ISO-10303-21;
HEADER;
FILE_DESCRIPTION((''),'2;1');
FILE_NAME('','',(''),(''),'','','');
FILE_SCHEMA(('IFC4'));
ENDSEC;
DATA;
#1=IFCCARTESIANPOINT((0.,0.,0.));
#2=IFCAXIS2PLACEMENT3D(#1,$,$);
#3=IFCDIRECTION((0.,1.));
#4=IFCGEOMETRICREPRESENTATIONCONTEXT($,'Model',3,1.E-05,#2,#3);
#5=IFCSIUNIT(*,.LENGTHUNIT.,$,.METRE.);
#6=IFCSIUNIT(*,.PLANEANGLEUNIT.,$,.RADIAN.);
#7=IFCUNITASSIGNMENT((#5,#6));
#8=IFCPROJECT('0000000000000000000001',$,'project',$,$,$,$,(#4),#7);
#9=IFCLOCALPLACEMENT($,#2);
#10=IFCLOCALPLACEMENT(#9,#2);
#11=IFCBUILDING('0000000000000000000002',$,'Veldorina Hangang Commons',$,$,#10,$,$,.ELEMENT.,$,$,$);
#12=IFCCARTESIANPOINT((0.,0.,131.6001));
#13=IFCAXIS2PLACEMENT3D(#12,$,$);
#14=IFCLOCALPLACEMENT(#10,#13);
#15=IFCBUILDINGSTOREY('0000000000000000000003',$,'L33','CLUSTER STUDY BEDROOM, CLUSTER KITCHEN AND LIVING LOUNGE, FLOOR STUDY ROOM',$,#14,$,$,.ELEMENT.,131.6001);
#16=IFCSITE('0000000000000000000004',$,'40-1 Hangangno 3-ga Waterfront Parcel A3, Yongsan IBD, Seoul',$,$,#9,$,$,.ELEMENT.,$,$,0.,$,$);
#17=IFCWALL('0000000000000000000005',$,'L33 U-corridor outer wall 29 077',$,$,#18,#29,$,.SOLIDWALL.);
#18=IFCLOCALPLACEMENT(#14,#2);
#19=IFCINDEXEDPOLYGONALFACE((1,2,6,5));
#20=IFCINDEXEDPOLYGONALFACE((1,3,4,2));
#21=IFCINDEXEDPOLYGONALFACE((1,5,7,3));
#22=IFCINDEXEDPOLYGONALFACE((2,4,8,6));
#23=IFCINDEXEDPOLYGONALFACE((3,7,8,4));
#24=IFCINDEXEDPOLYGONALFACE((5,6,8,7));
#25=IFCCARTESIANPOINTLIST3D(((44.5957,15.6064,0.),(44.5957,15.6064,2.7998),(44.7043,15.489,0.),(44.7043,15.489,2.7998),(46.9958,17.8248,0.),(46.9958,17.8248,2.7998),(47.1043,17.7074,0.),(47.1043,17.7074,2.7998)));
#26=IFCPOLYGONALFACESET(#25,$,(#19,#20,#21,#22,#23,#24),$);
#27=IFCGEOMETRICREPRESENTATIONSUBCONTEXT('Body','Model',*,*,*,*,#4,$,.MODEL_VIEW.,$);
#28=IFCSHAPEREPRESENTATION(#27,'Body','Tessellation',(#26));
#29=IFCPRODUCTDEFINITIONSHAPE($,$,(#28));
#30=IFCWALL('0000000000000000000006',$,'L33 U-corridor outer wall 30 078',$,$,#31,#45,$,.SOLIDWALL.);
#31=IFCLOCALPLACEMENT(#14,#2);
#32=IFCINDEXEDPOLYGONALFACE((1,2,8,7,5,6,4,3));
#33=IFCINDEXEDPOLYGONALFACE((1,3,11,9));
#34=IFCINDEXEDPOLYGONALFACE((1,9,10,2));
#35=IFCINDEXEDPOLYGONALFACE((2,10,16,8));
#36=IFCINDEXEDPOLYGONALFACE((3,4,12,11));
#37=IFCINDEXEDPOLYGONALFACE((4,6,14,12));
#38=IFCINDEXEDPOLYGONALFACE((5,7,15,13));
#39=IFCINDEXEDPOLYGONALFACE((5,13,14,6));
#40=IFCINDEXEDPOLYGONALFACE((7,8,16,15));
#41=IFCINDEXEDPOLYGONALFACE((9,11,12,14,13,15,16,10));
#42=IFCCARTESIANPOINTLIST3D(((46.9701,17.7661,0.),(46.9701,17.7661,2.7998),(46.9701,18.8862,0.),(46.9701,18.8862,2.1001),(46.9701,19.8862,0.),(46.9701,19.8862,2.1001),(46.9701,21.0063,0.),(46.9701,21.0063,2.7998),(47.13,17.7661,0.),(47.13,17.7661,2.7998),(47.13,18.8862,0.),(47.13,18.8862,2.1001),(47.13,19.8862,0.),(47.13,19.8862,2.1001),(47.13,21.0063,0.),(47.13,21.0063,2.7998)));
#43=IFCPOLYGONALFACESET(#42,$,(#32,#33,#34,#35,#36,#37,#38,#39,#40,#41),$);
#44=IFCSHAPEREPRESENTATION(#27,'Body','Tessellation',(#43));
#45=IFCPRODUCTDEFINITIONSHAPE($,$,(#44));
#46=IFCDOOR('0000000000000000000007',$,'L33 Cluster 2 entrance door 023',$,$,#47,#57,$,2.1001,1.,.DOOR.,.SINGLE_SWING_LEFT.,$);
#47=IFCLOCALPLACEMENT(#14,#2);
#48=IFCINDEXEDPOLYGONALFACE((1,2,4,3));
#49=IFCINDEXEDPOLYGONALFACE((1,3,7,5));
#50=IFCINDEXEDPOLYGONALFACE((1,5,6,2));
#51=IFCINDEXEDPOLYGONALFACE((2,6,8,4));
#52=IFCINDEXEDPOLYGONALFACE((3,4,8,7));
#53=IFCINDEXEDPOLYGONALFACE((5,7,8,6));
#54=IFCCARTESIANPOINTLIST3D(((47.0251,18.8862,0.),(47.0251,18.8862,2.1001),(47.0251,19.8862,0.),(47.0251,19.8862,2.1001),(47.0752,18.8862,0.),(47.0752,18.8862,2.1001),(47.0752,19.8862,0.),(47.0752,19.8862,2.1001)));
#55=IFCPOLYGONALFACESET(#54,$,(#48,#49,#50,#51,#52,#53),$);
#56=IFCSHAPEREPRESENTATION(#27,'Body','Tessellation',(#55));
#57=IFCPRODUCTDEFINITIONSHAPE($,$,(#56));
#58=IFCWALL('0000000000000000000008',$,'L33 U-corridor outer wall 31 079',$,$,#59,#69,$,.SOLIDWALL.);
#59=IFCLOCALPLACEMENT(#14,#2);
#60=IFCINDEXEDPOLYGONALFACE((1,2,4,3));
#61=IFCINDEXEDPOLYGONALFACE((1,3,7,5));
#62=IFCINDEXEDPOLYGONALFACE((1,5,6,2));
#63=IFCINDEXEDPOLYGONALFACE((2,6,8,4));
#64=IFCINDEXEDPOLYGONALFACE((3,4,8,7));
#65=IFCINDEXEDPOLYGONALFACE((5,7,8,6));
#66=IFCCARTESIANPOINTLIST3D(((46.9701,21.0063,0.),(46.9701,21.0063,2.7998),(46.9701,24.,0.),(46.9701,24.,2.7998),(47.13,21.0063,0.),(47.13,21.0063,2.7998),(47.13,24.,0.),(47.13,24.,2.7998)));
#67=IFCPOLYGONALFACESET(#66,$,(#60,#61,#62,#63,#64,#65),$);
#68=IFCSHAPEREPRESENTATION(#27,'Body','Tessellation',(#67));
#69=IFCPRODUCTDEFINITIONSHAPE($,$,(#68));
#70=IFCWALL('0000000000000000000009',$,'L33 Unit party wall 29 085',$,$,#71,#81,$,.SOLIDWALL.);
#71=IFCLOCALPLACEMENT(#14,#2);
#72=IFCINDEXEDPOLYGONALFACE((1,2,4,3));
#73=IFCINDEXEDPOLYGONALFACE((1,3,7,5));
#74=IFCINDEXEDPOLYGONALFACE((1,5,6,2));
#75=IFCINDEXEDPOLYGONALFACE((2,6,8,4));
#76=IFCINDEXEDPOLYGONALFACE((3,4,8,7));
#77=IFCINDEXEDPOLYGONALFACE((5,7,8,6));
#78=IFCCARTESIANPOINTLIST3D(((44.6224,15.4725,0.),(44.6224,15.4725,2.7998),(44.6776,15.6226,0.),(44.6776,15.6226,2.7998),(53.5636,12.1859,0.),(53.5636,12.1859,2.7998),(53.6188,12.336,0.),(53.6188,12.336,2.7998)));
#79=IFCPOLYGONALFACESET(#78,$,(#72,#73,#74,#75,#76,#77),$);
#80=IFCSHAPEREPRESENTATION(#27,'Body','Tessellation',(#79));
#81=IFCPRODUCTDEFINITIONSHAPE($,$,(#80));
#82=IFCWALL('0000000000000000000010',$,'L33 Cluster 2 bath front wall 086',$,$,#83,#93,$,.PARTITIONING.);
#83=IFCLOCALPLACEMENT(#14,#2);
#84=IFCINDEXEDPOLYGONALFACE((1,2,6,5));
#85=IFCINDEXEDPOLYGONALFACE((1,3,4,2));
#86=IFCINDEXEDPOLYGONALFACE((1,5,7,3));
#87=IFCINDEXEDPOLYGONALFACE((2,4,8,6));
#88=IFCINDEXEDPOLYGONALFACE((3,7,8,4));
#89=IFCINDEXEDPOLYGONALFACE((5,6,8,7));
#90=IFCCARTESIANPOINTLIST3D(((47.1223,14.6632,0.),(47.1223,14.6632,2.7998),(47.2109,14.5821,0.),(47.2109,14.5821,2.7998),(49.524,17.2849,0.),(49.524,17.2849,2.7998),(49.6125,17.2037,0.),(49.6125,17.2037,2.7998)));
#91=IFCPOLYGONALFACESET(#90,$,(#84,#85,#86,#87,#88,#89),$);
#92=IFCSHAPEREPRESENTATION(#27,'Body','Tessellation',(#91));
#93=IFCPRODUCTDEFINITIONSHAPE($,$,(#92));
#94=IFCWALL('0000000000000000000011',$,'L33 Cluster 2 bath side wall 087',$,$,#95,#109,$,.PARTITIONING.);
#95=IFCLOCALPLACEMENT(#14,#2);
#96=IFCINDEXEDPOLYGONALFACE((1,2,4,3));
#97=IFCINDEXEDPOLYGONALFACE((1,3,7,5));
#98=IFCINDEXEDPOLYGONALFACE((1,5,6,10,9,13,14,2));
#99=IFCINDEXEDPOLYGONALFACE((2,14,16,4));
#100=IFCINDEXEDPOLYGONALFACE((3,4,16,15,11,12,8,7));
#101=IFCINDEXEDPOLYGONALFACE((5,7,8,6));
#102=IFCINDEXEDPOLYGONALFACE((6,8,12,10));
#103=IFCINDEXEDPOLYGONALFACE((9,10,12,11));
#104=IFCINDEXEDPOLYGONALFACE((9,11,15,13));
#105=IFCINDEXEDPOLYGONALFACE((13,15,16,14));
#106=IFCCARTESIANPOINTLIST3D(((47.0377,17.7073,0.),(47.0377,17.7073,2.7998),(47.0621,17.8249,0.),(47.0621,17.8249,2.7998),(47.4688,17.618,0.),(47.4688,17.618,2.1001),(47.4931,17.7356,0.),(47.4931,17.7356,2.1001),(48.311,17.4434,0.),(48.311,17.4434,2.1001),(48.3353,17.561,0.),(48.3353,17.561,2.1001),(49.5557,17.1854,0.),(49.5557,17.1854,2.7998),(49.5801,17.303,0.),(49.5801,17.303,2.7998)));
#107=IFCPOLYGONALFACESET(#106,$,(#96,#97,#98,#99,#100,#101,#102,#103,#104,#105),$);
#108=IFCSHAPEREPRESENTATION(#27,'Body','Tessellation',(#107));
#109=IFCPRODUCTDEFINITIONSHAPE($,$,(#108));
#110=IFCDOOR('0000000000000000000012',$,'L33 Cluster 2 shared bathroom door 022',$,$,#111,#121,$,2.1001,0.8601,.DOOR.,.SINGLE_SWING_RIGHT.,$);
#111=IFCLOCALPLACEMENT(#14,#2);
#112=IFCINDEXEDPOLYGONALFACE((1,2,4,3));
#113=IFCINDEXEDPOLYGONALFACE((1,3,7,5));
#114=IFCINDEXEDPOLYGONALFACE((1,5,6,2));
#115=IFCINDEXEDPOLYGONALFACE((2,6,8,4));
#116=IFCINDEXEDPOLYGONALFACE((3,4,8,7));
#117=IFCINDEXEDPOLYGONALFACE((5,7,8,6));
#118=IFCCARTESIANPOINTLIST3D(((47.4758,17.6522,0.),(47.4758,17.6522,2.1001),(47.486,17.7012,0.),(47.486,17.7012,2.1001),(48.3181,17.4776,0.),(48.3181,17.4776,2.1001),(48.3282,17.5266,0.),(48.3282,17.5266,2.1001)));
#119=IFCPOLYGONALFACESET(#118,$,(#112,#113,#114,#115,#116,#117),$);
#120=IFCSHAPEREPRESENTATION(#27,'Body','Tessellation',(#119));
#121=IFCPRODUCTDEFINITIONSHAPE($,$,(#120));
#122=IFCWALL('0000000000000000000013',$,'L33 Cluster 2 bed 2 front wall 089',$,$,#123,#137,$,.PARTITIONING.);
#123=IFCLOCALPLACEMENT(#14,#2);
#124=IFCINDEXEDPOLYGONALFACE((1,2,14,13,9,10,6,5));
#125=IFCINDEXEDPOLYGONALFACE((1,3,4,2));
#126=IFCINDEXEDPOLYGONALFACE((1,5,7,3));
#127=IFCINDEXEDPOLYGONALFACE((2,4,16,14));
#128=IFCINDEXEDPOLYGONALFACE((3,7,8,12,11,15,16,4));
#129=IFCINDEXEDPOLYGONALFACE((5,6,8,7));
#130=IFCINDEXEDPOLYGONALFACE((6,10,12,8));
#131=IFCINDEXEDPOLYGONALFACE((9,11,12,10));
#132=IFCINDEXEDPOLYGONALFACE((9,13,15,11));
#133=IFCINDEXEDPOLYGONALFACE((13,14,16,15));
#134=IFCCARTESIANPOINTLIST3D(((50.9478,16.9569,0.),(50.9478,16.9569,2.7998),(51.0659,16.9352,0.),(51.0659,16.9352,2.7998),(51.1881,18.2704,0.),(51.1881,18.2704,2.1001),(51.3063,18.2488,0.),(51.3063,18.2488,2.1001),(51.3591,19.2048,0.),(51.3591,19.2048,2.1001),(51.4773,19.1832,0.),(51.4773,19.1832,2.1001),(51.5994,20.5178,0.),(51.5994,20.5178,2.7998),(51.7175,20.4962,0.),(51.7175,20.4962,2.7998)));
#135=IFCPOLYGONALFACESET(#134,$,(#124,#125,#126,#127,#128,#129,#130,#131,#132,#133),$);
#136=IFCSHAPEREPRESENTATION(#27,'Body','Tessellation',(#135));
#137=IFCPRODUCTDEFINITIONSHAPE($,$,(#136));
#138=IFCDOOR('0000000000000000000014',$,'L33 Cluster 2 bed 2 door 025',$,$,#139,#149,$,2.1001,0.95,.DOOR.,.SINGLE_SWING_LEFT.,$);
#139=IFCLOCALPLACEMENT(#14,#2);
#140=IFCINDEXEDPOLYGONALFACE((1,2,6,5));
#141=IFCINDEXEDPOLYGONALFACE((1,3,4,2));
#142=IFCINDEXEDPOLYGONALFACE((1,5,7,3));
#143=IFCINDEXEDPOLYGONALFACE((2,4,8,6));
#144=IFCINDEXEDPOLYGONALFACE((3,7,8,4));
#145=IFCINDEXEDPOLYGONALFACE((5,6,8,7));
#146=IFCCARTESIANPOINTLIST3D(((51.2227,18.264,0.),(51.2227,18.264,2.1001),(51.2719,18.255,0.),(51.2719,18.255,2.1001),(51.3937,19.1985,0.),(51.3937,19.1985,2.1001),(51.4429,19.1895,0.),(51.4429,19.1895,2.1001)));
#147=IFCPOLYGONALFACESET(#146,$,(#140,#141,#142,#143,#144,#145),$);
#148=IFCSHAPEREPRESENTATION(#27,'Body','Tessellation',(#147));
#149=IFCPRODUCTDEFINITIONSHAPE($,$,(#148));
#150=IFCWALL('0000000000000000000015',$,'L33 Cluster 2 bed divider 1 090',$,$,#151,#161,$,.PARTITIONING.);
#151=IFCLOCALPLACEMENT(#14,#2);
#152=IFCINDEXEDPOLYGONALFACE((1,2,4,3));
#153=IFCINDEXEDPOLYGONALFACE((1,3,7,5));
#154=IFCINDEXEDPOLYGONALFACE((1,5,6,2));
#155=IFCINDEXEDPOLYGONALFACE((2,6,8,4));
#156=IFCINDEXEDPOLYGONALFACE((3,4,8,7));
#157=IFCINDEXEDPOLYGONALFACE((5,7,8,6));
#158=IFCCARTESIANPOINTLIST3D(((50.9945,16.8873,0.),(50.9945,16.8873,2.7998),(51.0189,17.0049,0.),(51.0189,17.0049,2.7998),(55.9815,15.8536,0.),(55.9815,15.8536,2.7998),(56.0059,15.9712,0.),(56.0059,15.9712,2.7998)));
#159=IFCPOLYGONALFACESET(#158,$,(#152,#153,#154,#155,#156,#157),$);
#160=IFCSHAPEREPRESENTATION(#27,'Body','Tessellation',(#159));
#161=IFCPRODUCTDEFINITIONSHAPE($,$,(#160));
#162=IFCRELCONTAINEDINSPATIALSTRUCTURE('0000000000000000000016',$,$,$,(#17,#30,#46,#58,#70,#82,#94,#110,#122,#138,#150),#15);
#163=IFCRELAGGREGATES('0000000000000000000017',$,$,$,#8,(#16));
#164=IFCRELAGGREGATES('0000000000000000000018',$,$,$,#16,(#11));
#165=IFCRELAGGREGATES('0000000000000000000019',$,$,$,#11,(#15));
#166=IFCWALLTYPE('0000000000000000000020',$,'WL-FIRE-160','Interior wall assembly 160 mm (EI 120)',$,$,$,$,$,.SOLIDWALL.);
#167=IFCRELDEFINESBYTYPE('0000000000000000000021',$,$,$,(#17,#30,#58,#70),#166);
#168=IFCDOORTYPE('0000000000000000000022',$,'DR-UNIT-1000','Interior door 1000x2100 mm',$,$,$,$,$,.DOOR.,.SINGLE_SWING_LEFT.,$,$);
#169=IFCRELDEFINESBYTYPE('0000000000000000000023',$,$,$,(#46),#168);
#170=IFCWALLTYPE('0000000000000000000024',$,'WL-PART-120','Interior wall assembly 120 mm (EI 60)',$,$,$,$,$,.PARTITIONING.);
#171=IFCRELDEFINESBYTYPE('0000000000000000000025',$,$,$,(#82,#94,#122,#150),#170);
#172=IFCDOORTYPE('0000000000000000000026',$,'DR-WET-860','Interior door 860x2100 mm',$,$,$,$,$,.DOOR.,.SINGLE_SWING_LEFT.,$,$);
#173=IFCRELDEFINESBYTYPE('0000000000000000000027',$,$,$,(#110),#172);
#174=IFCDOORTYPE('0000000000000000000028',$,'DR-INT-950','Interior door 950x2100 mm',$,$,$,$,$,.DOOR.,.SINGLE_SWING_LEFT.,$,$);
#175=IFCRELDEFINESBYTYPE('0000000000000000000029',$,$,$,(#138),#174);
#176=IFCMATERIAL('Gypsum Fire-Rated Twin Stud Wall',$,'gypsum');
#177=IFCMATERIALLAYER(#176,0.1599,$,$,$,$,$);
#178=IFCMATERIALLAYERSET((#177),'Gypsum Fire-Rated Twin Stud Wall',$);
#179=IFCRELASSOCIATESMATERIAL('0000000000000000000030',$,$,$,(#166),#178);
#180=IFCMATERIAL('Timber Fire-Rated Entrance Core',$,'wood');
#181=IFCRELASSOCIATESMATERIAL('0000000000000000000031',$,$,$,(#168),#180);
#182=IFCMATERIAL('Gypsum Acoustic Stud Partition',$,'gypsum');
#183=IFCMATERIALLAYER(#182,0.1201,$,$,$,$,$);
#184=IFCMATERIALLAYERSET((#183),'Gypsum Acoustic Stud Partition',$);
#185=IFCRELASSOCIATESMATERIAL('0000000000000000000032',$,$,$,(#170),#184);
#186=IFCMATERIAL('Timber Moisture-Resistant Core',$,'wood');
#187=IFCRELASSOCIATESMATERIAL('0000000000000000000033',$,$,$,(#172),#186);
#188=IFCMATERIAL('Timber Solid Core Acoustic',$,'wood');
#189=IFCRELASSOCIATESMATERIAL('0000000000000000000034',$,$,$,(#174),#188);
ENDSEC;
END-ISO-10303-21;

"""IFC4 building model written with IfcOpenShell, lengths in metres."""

from ifc_helpers import new_model, si_unit, direction, frame, frame_2d, origin, place, context, subcontext, project, spatial, rectangle, extrude, material, layer, layer_set, type_object, element, fill, save


model = new_model("IFC4")

# Units and contexts
model_context = context("Model", 3, precision=1e-05, world=origin(), true_north=direction((0.0, 1.0)))
body_context = subcontext(model_context, "Body", "Model", "MODEL_VIEW")
ifc_project = project(units=[si_unit("LENGTHUNIT", "METRE"), si_unit("PLANEANGLEUNIT", "RADIAN")], contexts=[model_context])

# Site, building, storey
site_placement = place(None, origin())
site = spatial("IfcSite", under=ifc_project, at=site_placement, Name="40-1 Hangangno 3-ga Waterfront Parcel A3, Yongsan IBD, Seoul", CompositionType="ELEMENT", RefElevation=0.0)
building_placement = place(site_placement, origin())
building = spatial("IfcBuilding", under=site, at=building_placement, Name="Veldorina Hangang Commons", CompositionType="ELEMENT")
storey_placement = place(building_placement, frame((0.0, 0.0, 131.6001)))
storey = spatial("IfcBuildingStorey", under=building, at=storey_placement, Name="L33", Description="CLUSTER STUDY BEDROOM, CLUSTER KITCHEN AND LIVING LOUNGE, FLOOR STUDY ROOM", CompositionType="ELEMENT", Elevation=131.6001)

# Wall
ifc_material_1 = material(Name="Gypsum Fire-Rated Twin Stud Wall", Category="gypsum")
ifc_layer_1 = layer(ifc_material_1, 0.1599)
ifc_layer_set_1 = layer_set([ifc_layer_1], Name="Gypsum Fire-Rated Twin Stud Wall")
wall_type_1 = type_object("IfcWallType", Name="WL-FIRE-160", Description="Interior wall assembly 160 mm (EI 120)", PredefinedType="SOLIDWALL", material=ifc_layer_set_1)
wall_1_placement = place(storey_placement, frame((44.6499, 15.5476, 0.0), z_axis=(0.0, 0.0, 1.0), x_axis=(0.734348, 0.678773, 0.0)))
element("IfcWall", 1, at=wall_1_placement, inside=storey, type_object=wall_type_1, Name="L33 U-corridor outer wall 29 077", PredefinedType="SOLIDWALL", context=body_context, shape_type="SweptSolid", body=[
    extrude(rectangle(XDim=3.2683, YDim=0.1599, at=frame_2d((1.6343, 0.0))), origin(), (0.0, 0.0, 1.0), 2.7998),
])

# Wall, opening, door
wall_2_placement = place(storey_placement, frame((47.05, 17.7661, 0.0), z_axis=(0.0, 0.0, 1.0), x_axis=(0.0, 1.0, 0.0)))
wall_2 = element("IfcWall", 2, at=wall_2_placement, inside=storey, type_object=wall_type_1, Name="L33 U-corridor outer wall 30 078", PredefinedType="SOLIDWALL", context=body_context, shape_type="SweptSolid", body=[
    extrude(rectangle(XDim=3.2402, YDim=0.1599, at=frame_2d((1.6201, 0.0))), origin(), (0.0, 0.0, 1.0), 2.7998),
])
opening_1_placement = place(wall_2_placement, frame((1.1201, 0.0, 0.0)))
opening_1 = element("IfcOpeningElement", 3, at=opening_1_placement, cuts=wall_2, PredefinedType="OPENING", context=body_context, shape_type="SweptSolid", body=[
    extrude(rectangle(XDim=1.0, YDim=2.1001, at=frame_2d((0.5, 1.05))), frame((0.0, 0.0898, 0.0), z_axis=(0.0, -1.0, 0.0), x_axis=(1.0, 0.0, 0.0)), (0.0, 0.0, 1.0), 0.1799),
])
ifc_material_2 = material(Name="Timber Fire-Rated Entrance Core", Category="wood")
door_type_1 = type_object("IfcDoorType", Name="DR-UNIT-1000", Description="Interior door 1000x2100 mm", OperationType="SINGLE_SWING_LEFT", PredefinedType="DOOR", material=ifc_material_2)
door_1_placement = place(opening_1_placement, origin())
door_1 = element("IfcDoor", 4, at=door_1_placement, inside=storey, type_object=door_type_1, Name="L33 Cluster 2 entrance door 023", OperationType="SINGLE_SWING_LEFT", OverallHeight=2.1001, OverallWidth=1.0, PredefinedType="DOOR", context=body_context, shape_type="SweptSolid", body=[
    extrude(rectangle(XDim=1.0, YDim=2.1001, at=frame_2d((0.5, 1.05))), frame((0.0, 0.0249, 0.0), z_axis=(0.0, -1.0, 0.0), x_axis=(1.0, 0.0, 0.0)), (0.0, 0.0, 1.0), 0.05),
])
fill(opening_1, door_1)

# Walls
wall_3_placement = place(storey_placement, frame((47.05, 21.0063, 0.0), z_axis=(0.0, 0.0, 1.0), x_axis=(0.0, 1.0, 0.0)))
element("IfcWall", 5, at=wall_3_placement, inside=storey, type_object=wall_type_1, Name="L33 U-corridor outer wall 31 079", PredefinedType="SOLIDWALL", context=body_context, shape_type="SweptSolid", body=[
    extrude(rectangle(XDim=2.9937, YDim=0.1599, at=frame_2d((1.4968, 0.0))), origin(), (0.0, 0.0, 1.0), 2.7998),
])
wall_4_placement = place(storey_placement, frame((44.6499, 15.5476, 0.0), z_axis=(0.0, 0.0, 1.0), x_axis=(0.938598, -0.345013, 0.0)))
element("IfcWall", 6, at=wall_4_placement, inside=storey, type_object=wall_type_1, Name="L33 Unit party wall 29 085", PredefinedType="SOLIDWALL", context=body_context, shape_type="SweptSolid", body=[
    extrude(rectangle(XDim=9.5261, YDim=0.1599, at=frame_2d((4.7632, 0.0))), origin(), (0.0, 0.0, 1.0), 2.7998),
])
ifc_material_3 = material(Name="Gypsum Acoustic Stud Partition", Category="gypsum")
ifc_layer_2 = layer(ifc_material_3, 0.1201)
ifc_layer_set_2 = layer_set([ifc_layer_2], Name="Gypsum Acoustic Stud Partition")
wall_type_2 = type_object("IfcWallType", Name="WL-PART-120", Description="Interior wall assembly 120 mm (EI 60)", PredefinedType="PARTITIONING", material=ifc_layer_set_2)
wall_5_placement = place(storey_placement, frame((47.1665, 14.6226, 0.0), z_axis=(0.0, 0.0, 1.0), x_axis=(0.675494, 0.737365, 0.0)))
element("IfcWall", 7, at=wall_5_placement, inside=storey, type_object=wall_type_2, Name="L33 Cluster 2 bath front wall 086", PredefinedType="PARTITIONING", context=body_context, shape_type="SweptSolid", body=[
    extrude(rectangle(XDim=3.5554, YDim=0.1201, at=frame_2d((1.7778, 0.0))), origin(), (0.0, 0.0, 1.0), 2.7998),
])

# Walls, openings, doors
wall_6_placement = place(storey_placement, frame((47.05, 17.7661, 0.0), z_axis=(0.0, 0.0, 1.0), x_axis=(0.979184, -0.202976, 0.0)))
wall_6 = element("IfcWall", 8, at=wall_6_placement, inside=storey, type_object=wall_type_2, Name="L33 Cluster 2 bath side wall 087", PredefinedType="PARTITIONING", context=body_context, shape_type="SweptSolid", body=[
    extrude(rectangle(XDim=2.5715, YDim=0.1201, at=frame_2d((1.2856, 0.0))), origin(), (0.0, 0.0, 1.0), 2.7998),
])
opening_2_placement = place(wall_6_placement, frame((0.4399, 0.0, 0.0)))
opening_2 = element("IfcOpeningElement", 9, at=opening_2_placement, cuts=wall_6, PredefinedType="OPENING", context=body_context, shape_type="SweptSolid", body=[
    extrude(rectangle(XDim=0.8601, YDim=2.1001, at=frame_2d((0.4302, 1.05))), frame((0.0, 0.0701, 0.0), z_axis=(0.0, -1.0, 0.0), x_axis=(1.0, 0.0, 0.0)), (0.0, 0.0, 1.0), 0.1401),
])
ifc_material_4 = material(Name="Timber Moisture-Resistant Core", Category="wood")
door_type_2 = type_object("IfcDoorType", Name="DR-WET-860", Description="Interior door 860x2100 mm", OperationType="SINGLE_SWING_LEFT", PredefinedType="DOOR", material=ifc_material_4)
door_2_placement = place(opening_2_placement, origin())
door_2 = element("IfcDoor", 10, at=door_2_placement, inside=storey, type_object=door_type_2, Name="L33 Cluster 2 shared bathroom door 022", OperationType="SINGLE_SWING_RIGHT", OverallHeight=2.1001, OverallWidth=0.8601, PredefinedType="DOOR", context=body_context, shape_type="SweptSolid", body=[
    extrude(rectangle(XDim=0.8601, YDim=2.1001, at=frame_2d((0.4302, 1.05))), frame((0.0, 0.0249, 0.0), z_axis=(0.0, -1.0, 0.0), x_axis=(1.0, 0.0, 0.0)), (0.0, 0.0, 1.0), 0.05),
])
fill(opening_2, door_2)
wall_7_placement = place(storey_placement, frame((51.0068, 16.946, 0.0), z_axis=(0.0, 0.0, 1.0), x_axis=(0.179995, 0.983668, 0.0)))
wall_7 = element("IfcWall", 11, at=wall_7_placement, inside=storey, type_object=wall_type_2, Name="L33 Cluster 2 bed 2 front wall 089", PredefinedType="PARTITIONING", context=body_context, shape_type="SweptSolid", body=[
    extrude(rectangle(XDim=3.6201, YDim=0.1201, at=frame_2d((1.8101, 0.0))), origin(), (0.0, 0.0, 1.0), 2.7998),
])
opening_3_placement = place(wall_7_placement, frame((1.3352, 0.0, 0.0)))
opening_3 = element("IfcOpeningElement", 12, at=opening_3_placement, cuts=wall_7, PredefinedType="OPENING", context=body_context, shape_type="SweptSolid", body=[
    extrude(rectangle(XDim=0.95, YDim=2.1001, at=frame_2d((0.4751, 1.05))), frame((0.0, 0.0701, 0.0), z_axis=(0.0, -1.0, 0.0), x_axis=(1.0, 0.0, 0.0)), (0.0, 0.0, 1.0), 0.1401),
])
ifc_material_5 = material(Name="Timber Solid Core Acoustic", Category="wood")
door_type_3 = type_object("IfcDoorType", Name="DR-INT-950", Description="Interior door 950x2100 mm", OperationType="SINGLE_SWING_LEFT", PredefinedType="DOOR", material=ifc_material_5)
door_3_placement = place(opening_3_placement, origin())
door_3 = element("IfcDoor", 13, at=door_3_placement, inside=storey, type_object=door_type_3, Name="L33 Cluster 2 bed 2 door 025", OperationType="SINGLE_SWING_LEFT", OverallHeight=2.1001, OverallWidth=0.95, PredefinedType="DOOR", context=body_context, shape_type="SweptSolid", body=[
    extrude(rectangle(XDim=0.95, YDim=2.1001, at=frame_2d((0.4751, 1.05))), frame((0.0, 0.0249, 0.0), z_axis=(0.0, -1.0, 0.0), x_axis=(1.0, 0.0, 0.0)), (0.0, 0.0, 1.0), 0.05),
])
fill(opening_3, door_3)

# Wall
wall_8_placement = place(storey_placement, frame((51.0068, 16.946, 0.0), z_axis=(0.0, 0.0, 1.0), x_axis=(0.979187, -0.202961, 0.0)))
element("IfcWall", 14, at=wall_8_placement, inside=storey, type_object=wall_type_2, Name="L33 Cluster 2 bed divider 1 090", PredefinedType="PARTITIONING", context=body_context, shape_type="SweptSolid", body=[
    extrude(rectangle(XDim=5.093, YDim=0.1201, at=frame_2d((2.5464, 0.0))), origin(), (0.0, 0.0, 1.0), 2.7998),
])

save(model, "model.ifc")
